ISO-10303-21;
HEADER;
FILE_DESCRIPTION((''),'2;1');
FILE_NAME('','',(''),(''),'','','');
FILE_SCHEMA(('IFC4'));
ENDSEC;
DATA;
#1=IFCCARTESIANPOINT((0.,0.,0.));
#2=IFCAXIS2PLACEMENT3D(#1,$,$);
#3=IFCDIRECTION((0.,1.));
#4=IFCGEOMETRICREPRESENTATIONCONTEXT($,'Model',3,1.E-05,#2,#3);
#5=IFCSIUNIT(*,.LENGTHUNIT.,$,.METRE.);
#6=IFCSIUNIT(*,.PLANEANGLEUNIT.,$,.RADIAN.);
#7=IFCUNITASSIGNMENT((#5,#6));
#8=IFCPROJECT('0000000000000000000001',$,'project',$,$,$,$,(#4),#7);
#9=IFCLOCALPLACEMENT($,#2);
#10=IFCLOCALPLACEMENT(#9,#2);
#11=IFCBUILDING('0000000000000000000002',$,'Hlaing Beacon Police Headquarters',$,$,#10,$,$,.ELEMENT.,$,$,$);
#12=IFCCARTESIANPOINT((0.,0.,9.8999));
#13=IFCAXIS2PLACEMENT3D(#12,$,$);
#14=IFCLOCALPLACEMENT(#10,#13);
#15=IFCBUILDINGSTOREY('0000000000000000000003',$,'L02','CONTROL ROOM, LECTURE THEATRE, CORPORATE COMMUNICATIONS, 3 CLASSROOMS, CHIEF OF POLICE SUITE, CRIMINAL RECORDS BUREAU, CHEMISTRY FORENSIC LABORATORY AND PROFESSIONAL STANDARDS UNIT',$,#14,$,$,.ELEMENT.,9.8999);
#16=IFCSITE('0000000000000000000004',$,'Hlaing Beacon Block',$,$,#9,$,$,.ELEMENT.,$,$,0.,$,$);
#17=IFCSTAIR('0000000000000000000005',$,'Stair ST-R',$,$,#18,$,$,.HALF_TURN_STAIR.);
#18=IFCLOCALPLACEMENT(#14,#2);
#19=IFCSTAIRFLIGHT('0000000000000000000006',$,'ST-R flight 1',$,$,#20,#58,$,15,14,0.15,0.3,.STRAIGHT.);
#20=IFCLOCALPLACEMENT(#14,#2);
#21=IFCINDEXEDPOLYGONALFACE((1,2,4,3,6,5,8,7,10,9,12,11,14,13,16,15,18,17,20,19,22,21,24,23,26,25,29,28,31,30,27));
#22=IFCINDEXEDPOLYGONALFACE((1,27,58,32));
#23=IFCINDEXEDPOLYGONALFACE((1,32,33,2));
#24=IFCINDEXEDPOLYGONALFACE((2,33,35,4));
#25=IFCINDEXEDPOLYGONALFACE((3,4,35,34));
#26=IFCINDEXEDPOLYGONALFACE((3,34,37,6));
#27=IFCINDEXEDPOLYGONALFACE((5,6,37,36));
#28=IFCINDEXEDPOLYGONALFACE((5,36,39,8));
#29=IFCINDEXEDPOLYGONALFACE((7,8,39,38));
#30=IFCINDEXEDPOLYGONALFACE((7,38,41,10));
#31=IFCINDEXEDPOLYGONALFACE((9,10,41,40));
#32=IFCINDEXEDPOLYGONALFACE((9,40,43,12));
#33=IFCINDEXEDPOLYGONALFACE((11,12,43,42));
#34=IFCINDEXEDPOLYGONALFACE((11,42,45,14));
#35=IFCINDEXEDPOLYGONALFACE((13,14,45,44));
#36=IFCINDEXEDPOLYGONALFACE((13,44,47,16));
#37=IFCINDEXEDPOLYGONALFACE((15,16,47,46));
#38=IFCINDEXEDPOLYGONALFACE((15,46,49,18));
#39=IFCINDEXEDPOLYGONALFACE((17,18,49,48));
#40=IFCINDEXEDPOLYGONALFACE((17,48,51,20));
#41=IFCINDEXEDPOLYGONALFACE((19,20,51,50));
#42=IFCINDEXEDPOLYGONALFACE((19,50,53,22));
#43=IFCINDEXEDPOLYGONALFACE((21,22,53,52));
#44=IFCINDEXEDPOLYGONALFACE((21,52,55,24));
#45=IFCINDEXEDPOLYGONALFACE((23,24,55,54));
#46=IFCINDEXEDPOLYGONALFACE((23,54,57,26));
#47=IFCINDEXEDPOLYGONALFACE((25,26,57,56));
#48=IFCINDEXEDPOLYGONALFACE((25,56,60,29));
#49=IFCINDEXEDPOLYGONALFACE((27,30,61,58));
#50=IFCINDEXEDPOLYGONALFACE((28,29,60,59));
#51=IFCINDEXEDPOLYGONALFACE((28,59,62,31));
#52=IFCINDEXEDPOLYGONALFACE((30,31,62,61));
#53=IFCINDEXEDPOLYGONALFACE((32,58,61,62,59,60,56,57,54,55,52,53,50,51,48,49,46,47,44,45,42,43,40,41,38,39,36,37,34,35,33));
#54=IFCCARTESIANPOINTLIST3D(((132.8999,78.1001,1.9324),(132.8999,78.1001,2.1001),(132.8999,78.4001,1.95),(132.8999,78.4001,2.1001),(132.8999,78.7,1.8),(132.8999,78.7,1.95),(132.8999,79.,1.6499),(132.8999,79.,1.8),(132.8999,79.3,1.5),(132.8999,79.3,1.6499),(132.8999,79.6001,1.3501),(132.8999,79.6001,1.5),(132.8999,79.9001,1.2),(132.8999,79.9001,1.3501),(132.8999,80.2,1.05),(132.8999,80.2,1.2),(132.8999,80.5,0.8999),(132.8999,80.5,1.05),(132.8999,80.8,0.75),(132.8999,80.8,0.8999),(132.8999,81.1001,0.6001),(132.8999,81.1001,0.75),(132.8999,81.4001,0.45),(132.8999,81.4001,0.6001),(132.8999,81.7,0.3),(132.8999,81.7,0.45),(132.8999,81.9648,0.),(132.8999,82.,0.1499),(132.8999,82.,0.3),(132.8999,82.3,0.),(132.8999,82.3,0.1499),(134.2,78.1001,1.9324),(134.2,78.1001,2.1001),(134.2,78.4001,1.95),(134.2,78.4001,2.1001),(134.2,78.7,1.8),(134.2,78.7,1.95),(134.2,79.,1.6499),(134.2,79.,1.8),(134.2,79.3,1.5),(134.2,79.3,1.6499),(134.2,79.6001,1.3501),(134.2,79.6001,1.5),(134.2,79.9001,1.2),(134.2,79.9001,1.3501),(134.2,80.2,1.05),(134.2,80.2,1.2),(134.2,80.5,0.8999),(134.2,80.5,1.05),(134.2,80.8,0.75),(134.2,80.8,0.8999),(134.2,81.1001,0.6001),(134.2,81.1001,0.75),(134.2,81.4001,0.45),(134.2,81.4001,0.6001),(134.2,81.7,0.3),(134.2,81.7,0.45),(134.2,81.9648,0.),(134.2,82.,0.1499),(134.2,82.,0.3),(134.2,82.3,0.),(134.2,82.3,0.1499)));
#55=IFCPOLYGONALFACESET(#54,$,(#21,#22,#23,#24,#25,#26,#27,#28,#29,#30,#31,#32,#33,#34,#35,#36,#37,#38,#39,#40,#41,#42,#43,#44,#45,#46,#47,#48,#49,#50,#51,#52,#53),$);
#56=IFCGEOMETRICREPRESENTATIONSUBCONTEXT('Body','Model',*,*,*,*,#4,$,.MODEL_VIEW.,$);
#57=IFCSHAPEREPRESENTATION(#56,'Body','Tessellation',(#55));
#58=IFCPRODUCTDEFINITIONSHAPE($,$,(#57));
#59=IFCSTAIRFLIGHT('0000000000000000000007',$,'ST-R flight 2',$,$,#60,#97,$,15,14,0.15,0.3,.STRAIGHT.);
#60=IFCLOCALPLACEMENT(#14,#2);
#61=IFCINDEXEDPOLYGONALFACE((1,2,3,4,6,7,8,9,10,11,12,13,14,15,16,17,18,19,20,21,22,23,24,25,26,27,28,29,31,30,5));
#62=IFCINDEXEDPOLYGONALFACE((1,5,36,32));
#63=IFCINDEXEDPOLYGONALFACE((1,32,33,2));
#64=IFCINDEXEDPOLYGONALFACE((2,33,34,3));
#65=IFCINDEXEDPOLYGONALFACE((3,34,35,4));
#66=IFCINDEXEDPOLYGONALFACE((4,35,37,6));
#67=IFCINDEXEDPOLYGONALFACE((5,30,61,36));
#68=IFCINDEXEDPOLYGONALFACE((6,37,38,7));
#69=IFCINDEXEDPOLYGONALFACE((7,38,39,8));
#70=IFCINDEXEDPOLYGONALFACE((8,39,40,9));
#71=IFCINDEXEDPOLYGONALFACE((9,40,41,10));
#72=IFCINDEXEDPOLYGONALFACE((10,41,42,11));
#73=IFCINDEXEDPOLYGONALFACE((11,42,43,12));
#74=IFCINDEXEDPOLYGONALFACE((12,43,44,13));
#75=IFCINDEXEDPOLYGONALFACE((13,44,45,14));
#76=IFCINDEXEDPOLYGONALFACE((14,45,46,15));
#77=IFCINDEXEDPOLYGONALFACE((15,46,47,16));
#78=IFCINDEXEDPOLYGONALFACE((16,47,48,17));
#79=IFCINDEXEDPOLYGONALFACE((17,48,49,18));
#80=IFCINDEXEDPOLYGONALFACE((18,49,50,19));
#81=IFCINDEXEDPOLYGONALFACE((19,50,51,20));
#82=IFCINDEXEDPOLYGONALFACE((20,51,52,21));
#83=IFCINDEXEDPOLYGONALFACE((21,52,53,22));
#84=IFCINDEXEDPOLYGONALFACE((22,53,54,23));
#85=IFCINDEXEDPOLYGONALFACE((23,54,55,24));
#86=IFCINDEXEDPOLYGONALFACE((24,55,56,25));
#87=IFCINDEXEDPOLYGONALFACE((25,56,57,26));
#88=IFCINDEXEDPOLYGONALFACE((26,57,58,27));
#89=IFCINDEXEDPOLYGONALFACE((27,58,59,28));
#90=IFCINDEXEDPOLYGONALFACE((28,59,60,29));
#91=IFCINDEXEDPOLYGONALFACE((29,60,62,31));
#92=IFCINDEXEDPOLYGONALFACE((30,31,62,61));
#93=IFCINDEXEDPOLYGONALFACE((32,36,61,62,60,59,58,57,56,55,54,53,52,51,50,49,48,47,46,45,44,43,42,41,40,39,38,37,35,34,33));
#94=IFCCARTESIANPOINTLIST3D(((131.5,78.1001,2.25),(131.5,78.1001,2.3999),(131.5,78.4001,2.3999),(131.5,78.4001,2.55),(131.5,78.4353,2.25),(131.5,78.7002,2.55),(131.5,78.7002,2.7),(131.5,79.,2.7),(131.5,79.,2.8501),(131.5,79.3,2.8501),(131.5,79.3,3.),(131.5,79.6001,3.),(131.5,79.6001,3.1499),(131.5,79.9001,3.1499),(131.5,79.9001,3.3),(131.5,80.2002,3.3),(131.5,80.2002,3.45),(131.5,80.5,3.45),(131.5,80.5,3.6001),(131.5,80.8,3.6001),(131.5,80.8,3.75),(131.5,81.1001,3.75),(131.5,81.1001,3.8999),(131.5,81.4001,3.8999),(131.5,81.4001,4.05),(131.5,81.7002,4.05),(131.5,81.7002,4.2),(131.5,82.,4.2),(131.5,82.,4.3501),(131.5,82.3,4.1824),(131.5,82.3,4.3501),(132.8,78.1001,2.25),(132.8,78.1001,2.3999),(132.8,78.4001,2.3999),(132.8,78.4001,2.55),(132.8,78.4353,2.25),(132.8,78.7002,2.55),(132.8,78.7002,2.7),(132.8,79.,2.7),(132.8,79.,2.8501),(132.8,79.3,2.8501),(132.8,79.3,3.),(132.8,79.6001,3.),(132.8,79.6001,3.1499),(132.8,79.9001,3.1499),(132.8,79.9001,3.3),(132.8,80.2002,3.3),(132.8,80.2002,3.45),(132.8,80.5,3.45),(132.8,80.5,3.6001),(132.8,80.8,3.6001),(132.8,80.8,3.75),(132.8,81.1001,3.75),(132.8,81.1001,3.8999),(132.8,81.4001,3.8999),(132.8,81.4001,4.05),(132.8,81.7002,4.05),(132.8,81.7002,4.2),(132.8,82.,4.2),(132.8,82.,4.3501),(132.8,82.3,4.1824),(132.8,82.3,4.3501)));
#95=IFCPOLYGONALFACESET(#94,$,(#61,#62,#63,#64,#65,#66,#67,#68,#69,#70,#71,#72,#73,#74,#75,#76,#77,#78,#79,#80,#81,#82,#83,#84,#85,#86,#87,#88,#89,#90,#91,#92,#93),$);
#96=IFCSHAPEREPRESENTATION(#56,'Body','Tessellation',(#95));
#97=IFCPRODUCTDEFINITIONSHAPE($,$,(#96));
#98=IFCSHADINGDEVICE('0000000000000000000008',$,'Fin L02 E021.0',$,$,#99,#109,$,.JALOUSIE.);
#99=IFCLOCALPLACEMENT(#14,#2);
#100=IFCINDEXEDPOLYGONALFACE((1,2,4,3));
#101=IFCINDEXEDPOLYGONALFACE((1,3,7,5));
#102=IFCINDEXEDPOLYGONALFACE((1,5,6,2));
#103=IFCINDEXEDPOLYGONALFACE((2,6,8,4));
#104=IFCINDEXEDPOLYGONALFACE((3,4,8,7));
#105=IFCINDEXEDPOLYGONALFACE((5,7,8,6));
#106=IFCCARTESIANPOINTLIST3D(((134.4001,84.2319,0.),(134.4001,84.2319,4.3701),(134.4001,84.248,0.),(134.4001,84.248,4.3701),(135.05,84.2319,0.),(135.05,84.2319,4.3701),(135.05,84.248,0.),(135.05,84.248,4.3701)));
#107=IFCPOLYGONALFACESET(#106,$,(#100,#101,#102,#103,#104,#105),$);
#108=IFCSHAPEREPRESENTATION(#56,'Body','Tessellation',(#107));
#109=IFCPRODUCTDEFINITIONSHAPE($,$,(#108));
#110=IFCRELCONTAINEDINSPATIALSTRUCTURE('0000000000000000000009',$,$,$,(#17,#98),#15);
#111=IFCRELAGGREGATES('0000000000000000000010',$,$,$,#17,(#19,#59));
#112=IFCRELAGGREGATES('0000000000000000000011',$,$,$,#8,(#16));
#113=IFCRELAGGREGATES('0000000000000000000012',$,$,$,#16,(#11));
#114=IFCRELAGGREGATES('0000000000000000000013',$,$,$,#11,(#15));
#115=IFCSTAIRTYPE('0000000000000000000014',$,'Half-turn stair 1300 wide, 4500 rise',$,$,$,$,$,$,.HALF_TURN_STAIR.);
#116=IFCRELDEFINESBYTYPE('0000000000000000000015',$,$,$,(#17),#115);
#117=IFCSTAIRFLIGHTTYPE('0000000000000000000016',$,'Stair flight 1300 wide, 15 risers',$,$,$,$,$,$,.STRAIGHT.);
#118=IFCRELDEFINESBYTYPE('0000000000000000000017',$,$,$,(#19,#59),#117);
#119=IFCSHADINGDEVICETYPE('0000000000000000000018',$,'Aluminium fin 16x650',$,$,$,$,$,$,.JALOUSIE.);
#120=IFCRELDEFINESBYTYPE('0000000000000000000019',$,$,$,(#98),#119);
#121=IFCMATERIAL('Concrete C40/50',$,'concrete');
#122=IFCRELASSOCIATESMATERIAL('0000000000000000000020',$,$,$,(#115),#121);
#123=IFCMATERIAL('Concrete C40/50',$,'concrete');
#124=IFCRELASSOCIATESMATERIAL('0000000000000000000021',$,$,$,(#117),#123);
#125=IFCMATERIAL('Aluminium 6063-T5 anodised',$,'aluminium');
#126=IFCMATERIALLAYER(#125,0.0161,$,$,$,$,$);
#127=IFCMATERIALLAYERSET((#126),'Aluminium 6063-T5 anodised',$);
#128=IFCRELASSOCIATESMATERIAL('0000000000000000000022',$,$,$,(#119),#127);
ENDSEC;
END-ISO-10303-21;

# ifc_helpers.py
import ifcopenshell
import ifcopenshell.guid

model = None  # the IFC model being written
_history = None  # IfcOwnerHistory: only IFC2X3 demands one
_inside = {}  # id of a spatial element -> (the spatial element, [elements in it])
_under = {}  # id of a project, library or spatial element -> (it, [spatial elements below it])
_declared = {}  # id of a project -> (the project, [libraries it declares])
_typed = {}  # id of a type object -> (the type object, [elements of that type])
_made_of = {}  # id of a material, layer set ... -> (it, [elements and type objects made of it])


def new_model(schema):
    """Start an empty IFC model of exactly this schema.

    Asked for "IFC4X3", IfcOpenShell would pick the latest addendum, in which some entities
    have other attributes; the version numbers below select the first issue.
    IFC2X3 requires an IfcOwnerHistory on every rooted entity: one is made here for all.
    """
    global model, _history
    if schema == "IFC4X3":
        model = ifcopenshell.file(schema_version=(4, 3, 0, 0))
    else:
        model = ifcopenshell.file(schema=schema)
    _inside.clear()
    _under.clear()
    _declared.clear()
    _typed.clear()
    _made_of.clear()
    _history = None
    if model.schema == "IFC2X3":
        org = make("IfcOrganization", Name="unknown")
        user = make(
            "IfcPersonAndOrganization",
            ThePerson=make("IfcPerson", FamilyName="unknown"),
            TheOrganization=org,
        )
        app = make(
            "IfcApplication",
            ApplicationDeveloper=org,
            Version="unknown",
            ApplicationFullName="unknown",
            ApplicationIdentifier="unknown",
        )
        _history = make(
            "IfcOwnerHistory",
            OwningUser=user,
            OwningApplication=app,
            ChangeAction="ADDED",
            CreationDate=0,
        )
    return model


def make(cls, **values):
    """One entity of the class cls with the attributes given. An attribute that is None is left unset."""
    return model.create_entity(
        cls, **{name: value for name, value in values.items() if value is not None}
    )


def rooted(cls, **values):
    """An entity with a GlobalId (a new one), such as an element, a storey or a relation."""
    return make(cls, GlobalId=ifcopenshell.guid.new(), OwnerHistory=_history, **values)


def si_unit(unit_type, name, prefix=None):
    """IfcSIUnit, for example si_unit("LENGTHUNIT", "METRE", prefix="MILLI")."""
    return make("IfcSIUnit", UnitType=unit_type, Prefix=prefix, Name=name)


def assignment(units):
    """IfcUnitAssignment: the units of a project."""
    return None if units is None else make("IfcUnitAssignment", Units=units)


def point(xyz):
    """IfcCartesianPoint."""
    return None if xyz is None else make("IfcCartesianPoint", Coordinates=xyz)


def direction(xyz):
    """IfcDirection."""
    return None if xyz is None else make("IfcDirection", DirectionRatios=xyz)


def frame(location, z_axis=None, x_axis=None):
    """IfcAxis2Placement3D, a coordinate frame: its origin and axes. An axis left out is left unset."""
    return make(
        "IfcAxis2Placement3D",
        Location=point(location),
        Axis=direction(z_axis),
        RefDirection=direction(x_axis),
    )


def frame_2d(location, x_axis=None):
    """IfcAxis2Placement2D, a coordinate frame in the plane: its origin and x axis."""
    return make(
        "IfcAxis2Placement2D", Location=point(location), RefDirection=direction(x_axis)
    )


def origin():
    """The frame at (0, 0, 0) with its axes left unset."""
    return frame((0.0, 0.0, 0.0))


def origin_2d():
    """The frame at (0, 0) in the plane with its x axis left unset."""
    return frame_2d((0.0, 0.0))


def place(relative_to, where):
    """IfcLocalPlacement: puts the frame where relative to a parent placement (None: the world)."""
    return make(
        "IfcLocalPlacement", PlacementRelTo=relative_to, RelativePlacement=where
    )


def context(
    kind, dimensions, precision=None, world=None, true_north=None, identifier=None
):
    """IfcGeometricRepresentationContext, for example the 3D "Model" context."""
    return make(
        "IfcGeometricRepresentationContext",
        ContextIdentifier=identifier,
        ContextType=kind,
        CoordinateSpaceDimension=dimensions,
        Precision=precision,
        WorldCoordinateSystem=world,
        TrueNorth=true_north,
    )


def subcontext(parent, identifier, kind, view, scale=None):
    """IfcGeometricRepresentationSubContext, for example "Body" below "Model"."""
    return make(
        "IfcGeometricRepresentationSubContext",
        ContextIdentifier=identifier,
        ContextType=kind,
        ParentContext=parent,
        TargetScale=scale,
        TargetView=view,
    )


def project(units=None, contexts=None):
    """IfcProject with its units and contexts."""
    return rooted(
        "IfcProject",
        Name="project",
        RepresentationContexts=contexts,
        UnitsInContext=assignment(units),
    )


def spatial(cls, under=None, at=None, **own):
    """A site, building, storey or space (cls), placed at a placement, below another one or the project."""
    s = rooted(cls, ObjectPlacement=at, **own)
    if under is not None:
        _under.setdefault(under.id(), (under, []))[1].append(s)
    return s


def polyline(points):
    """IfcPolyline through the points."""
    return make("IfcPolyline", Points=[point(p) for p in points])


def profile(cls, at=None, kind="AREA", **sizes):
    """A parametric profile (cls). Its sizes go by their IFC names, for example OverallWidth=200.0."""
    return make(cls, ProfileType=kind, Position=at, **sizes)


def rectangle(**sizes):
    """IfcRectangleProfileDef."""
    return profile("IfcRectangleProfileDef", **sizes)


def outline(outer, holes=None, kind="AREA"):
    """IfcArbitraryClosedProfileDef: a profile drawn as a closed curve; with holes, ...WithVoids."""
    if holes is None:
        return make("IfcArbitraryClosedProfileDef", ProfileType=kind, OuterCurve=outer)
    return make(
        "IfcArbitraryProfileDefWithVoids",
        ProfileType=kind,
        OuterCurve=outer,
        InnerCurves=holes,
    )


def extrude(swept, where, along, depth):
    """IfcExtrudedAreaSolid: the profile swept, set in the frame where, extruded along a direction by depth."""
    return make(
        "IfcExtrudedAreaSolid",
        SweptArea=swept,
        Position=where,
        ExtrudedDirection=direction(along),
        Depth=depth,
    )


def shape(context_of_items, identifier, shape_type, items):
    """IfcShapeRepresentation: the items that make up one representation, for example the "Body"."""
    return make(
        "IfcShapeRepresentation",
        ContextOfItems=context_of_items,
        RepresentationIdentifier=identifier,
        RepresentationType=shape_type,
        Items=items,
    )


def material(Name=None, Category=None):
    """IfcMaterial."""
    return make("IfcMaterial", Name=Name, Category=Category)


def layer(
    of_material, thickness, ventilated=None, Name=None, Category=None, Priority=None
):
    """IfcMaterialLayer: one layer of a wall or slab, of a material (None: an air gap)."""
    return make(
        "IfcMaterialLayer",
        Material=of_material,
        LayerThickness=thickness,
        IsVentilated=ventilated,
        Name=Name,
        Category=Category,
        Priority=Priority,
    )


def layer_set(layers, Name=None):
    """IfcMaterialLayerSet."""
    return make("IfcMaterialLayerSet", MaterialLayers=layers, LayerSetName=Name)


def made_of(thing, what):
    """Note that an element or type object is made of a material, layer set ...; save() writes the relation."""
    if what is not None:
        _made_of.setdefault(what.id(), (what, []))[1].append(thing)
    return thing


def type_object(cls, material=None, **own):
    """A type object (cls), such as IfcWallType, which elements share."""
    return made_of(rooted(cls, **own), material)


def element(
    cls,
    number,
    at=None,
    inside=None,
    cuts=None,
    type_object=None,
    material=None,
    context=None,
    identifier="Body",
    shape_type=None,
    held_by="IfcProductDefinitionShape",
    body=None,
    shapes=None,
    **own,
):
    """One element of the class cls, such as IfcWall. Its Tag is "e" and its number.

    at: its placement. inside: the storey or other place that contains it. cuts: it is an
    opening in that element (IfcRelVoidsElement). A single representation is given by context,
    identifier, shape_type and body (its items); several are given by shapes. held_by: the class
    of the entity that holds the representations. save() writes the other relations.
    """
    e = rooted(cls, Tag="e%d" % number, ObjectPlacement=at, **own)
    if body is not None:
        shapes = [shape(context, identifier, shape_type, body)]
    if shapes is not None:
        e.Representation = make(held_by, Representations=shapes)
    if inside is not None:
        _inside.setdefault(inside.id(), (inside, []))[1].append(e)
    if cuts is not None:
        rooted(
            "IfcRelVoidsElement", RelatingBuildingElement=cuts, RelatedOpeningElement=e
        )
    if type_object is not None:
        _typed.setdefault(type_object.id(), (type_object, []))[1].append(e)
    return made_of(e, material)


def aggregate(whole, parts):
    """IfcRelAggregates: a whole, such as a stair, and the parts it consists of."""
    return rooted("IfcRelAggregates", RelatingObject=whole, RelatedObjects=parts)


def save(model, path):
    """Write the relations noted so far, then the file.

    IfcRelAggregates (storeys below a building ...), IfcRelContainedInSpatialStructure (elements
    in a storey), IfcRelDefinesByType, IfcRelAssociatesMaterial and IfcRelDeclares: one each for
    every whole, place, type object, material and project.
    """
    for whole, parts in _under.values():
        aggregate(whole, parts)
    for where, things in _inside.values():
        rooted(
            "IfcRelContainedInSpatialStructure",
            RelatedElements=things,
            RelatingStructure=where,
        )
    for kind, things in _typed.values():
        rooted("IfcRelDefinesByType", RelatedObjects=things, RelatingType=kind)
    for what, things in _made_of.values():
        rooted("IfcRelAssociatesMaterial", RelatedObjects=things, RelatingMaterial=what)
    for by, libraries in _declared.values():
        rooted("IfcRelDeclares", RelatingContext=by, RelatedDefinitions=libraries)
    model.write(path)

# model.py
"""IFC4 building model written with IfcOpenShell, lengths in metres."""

from ifc_helpers import new_model, si_unit, direction, frame, origin, origin_2d, place, context, subcontext, project, spatial, polyline, rectangle, outline, extrude, material, layer, layer_set, type_object, element, aggregate, save


model = new_model("IFC4")

# Units and contexts
model_context = context("Model", 3, precision=1e-05, world=origin(), true_north=direction((0.0, 1.0)))
body_context = subcontext(model_context, "Body", "Model", "MODEL_VIEW")
ifc_project = project(units=[si_unit("LENGTHUNIT", "METRE"), si_unit("PLANEANGLEUNIT", "RADIAN")], contexts=[model_context])

# Site, building, storey
site_placement = place(None, origin())
site = spatial("IfcSite", under=ifc_project, at=site_placement, Name="Hlaing Beacon Block", CompositionType="ELEMENT", RefElevation=0.0)
building_placement = place(site_placement, origin())
building = spatial("IfcBuilding", under=site, at=building_placement, Name="Hlaing Beacon Police Headquarters", CompositionType="ELEMENT")
storey_placement = place(building_placement, frame((0.0, 0.0, 9.8999)))
storey = spatial("IfcBuildingStorey", under=building, at=storey_placement, Name="L02", Description="CONTROL ROOM, LECTURE THEATRE, CORPORATE COMMUNICATIONS, 3 CLASSROOMS, CHIEF OF POLICE SUITE, CRIMINAL RECORDS BUREAU, CHEMISTRY FORENSIC LABORATORY AND PROFESSIONAL STANDARDS UNIT", CompositionType="ELEMENT", Elevation=9.8999)

# Stair, stair flights
ifc_material_1 = material(Name="Concrete C40/50", Category="concrete")
stair_type = type_object("IfcStairType", Name="Half-turn stair 1300 wide, 4500 rise", PredefinedType="HALF_TURN_STAIR", material=ifc_material_1)
stair_placement = place(storey_placement, origin())
stair = element("IfcStair", 1, at=stair_placement, inside=storey, type_object=stair_type, Name="Stair ST-R", PredefinedType="HALF_TURN_STAIR")
ifc_material_2 = material(Name="Concrete C40/50", Category="concrete")
stair_flight_type = type_object("IfcStairFlightType", Name="Stair flight 1300 wide, 15 risers", PredefinedType="STRAIGHT", material=ifc_material_2)
stair_flight_1_placement = place(storey_placement, frame((133.55, 82.3, 0.0), z_axis=(0.0, 0.0, 1.0), x_axis=(0.0, -1.0, 0.0)))
stair_flight_1 = element("IfcStairFlight", 2, at=stair_flight_1_placement, type_object=stair_flight_type, Name="ST-R flight 1", NumberOfRisers=15, NumberOfTreads=14, PredefinedType="STRAIGHT", RiserHeight=0.15, TreadLength=0.3, context=body_context, shape_type="SweptSolid", body=[
    extrude(outline(polyline([(0.0, 0.0), (0.0, 0.1499), (0.3, 0.1499), (0.3, 0.3), (0.6001, 0.3), (0.6001, 0.45), (0.8999, 0.45), (0.8999, 0.6001), (1.2, 0.6001), (1.2, 0.75), (1.5, 0.75), (1.5, 0.8999), (1.8, 0.8999), (1.8, 1.05), (2.1001, 1.05), (2.1001, 1.2), (2.3999, 1.2), (2.3999, 1.3501), (2.7, 1.3501), (2.7, 1.5), (3.0, 1.5), (3.0, 1.6499), (3.3, 1.6499), (3.3, 1.8), (3.6001, 1.8), (3.6001, 1.95), (3.8999, 1.95), (3.8999, 2.1001), (4.2, 2.1001), (4.2, 2.25), (4.2, 1.9324), (0.3352, 0.0), (0.0, 0.0)])), frame((0.0, 0.6499, 0.0), z_axis=(0.0, -1.0, 0.0), x_axis=(1.0, 0.0, 0.0)), (0.0, 0.0, 1.0), 1.3),
])
stair_flight_2_placement = place(storey_placement, frame((132.1499, 78.1001, 2.25), z_axis=(0.0, 0.0, 1.0), x_axis=(0.0, 1.0, 0.0)))
stair_flight_2 = element("IfcStairFlight", 3, at=stair_flight_2_placement, type_object=stair_flight_type, Name="ST-R flight 2", NumberOfRisers=15, NumberOfTreads=14, PredefinedType="STRAIGHT", RiserHeight=0.15, TreadLength=0.3, context=body_context, shape_type="SweptSolid", body=[
    extrude(outline(polyline([(0.0, 0.0), (0.0, 0.1499), (0.3, 0.1499), (0.3, 0.3), (0.6001, 0.3), (0.6001, 0.45), (0.8999, 0.45), (0.8999, 0.6001), (1.2, 0.6001), (1.2, 0.75), (1.5, 0.75), (1.5, 0.8999), (1.8, 0.8999), (1.8, 1.05), (2.1001, 1.05), (2.1001, 1.2), (2.3999, 1.2), (2.3999, 1.3501), (2.7, 1.3501), (2.7, 1.5), (3.0, 1.5), (3.0, 1.6499), (3.3, 1.6499), (3.3, 1.8), (3.6001, 1.8), (3.6001, 1.95), (3.8999, 1.95), (3.8999, 2.1001), (4.2, 2.1001), (4.2, 2.25), (4.2, 1.9324), (0.3352, 0.0), (0.0, 0.0)])), frame((0.0, 0.6499, 0.0), z_axis=(0.0, -1.0, 0.0), x_axis=(1.0, 0.0, 0.0)), (0.0, 0.0, 1.0), 1.3),
])
aggregate(stair, [stair_flight_1, stair_flight_2])

# Shading device
ifc_material_3 = material(Name="Aluminium 6063-T5 anodised", Category="aluminium")
ifc_layer_1 = layer(ifc_material_3, 0.0161)
ifc_layer_set_1 = layer_set([ifc_layer_1], Name="Aluminium 6063-T5 anodised")
shading_device_type = type_object("IfcShadingDeviceType", Name="Aluminium fin 16x650", PredefinedType="JALOUSIE", material=ifc_layer_set_1)
shading_device_placement = place(storey_placement, frame((134.7251, 84.24, 0.0), z_axis=(0.0, 0.0, 1.0), x_axis=(0.0, 1.0, 0.0)))
element("IfcShadingDevice", 4, at=shading_device_placement, inside=storey, type_object=shading_device_type, Name="Fin L02 E021.0", PredefinedType="JALOUSIE", context=body_context, shape_type="SweptSolid", body=[
    extrude(rectangle(XDim=0.0161, YDim=0.6499, at=origin_2d()), origin(), (0.0, 0.0, 1.0), 4.3701),
])

save(model, "model.ifc")
